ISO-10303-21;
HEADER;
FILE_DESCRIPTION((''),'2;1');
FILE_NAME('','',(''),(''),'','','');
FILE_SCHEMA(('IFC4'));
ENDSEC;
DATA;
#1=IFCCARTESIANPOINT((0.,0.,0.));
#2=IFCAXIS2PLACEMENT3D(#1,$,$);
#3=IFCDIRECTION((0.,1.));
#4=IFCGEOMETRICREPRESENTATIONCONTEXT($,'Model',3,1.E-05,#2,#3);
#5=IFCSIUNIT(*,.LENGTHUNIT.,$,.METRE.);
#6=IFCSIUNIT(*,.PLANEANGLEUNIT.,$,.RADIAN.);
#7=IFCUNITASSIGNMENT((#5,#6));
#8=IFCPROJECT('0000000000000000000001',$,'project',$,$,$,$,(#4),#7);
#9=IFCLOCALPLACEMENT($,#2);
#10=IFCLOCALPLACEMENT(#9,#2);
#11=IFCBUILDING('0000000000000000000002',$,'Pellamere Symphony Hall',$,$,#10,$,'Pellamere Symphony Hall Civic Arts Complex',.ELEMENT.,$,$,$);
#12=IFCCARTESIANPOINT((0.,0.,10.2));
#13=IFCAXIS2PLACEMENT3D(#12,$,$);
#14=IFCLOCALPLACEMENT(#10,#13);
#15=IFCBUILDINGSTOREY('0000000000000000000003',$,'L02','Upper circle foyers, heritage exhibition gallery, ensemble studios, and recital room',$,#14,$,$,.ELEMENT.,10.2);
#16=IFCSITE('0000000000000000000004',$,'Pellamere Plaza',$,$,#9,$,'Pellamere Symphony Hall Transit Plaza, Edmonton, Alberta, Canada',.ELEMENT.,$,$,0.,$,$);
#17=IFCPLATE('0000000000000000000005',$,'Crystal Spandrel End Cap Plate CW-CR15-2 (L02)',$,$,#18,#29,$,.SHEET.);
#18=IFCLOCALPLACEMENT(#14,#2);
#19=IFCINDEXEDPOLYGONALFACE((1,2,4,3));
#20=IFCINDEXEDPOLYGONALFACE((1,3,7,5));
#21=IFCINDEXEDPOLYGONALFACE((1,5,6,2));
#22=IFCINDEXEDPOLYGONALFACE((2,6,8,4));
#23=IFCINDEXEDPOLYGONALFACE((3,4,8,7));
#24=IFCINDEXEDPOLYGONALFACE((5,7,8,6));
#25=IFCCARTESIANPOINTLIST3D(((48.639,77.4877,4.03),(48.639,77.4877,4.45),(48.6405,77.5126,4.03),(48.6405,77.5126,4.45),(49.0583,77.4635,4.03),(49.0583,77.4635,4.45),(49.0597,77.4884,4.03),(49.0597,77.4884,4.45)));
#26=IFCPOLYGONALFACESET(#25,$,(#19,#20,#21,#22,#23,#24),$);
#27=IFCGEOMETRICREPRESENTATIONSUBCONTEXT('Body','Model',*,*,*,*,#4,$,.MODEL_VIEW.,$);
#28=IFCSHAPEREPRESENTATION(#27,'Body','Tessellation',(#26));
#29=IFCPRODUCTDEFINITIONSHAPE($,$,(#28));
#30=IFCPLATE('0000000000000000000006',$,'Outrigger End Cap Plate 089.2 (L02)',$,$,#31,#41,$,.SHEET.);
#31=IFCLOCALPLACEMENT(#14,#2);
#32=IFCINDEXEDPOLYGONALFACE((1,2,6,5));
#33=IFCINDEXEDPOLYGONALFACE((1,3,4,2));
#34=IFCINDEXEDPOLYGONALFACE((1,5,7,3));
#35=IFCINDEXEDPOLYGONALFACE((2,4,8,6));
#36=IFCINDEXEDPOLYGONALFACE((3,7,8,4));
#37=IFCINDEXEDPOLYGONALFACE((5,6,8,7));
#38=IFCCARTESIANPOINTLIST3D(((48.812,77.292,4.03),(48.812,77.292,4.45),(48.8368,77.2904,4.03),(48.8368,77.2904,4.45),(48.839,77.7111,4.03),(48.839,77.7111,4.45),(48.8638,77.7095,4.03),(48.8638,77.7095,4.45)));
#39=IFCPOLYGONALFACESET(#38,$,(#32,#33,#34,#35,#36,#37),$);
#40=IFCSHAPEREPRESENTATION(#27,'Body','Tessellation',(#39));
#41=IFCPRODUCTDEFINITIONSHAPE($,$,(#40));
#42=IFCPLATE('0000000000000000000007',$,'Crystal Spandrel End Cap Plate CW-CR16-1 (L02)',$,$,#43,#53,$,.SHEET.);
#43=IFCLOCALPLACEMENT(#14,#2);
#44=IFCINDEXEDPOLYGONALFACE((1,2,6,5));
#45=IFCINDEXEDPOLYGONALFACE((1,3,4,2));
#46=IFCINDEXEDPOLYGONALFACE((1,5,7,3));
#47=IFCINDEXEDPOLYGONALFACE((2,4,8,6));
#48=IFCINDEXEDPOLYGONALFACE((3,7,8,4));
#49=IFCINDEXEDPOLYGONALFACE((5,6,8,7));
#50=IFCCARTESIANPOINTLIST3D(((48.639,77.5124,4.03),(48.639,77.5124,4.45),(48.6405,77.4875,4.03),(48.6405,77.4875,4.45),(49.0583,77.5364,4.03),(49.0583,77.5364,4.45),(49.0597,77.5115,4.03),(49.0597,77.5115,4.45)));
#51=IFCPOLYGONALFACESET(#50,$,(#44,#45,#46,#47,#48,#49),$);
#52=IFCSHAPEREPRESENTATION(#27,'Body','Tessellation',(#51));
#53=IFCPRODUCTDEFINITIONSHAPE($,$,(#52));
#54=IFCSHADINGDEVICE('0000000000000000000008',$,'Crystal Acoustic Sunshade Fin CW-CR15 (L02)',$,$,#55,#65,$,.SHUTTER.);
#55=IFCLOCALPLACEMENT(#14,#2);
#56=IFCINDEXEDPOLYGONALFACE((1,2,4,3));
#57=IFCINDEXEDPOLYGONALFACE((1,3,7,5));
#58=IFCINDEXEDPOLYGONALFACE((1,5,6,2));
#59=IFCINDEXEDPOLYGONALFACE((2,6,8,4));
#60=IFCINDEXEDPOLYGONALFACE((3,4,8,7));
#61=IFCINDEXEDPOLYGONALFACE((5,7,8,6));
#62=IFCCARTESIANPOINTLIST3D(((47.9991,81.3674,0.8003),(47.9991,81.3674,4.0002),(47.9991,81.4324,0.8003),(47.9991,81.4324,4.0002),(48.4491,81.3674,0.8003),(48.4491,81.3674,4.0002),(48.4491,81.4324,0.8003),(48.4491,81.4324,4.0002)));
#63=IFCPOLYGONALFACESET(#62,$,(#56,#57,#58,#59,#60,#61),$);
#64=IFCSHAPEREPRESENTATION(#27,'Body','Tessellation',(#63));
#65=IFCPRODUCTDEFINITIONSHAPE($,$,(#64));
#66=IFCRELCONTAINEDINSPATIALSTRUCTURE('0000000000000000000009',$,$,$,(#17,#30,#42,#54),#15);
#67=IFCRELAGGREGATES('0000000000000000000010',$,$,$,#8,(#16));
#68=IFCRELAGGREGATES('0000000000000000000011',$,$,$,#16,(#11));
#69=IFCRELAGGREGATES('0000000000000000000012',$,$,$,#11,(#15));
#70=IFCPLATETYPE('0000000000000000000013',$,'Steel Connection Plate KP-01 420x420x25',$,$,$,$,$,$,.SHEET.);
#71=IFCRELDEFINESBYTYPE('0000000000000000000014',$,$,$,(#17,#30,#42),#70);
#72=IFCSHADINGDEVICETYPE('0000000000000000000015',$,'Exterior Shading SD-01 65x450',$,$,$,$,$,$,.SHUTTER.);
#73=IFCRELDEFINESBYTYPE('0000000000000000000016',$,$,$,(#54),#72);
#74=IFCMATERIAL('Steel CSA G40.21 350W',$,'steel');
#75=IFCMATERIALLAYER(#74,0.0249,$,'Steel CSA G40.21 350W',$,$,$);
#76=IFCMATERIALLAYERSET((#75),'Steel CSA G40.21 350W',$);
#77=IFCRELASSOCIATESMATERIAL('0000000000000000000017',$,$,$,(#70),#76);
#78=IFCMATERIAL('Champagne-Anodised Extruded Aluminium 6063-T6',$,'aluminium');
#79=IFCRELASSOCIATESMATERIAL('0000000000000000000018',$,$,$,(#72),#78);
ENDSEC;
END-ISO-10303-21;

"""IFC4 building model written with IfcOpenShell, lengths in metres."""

from ifc_helpers import new_model, si_unit, direction, frame, origin, origin_2d, place, context, subcontext, project, spatial, rectangle, extrude, material, layer, layer_set, type_object, element, save


model = new_model("IFC4")

# Units and contexts
model_context = context("Model", 3, precision=1e-05, world=origin(), true_north=direction((0.0, 1.0)))
body_context = subcontext(model_context, "Body", "Model", "MODEL_VIEW")
ifc_project = project(units=[si_unit("LENGTHUNIT", "METRE"), si_unit("PLANEANGLEUNIT", "RADIAN")], contexts=[model_context])

# Site, building, storey
site_placement = place(None, origin())
site = spatial("IfcSite", under=ifc_project, at=site_placement, Name="Pellamere Plaza", LongName="Pellamere Symphony Hall Transit Plaza, Edmonton, Alberta, Canada", CompositionType="ELEMENT", RefElevation=0.0)
building_placement = place(site_placement, origin())
building = spatial("IfcBuilding", under=site, at=building_placement, Name="Pellamere Symphony Hall", LongName="Pellamere Symphony Hall Civic Arts Complex", CompositionType="ELEMENT")
storey_placement = place(building_placement, frame((0.0, 0.0, 10.2)))
storey = spatial("IfcBuildingStorey", under=building, at=storey_placement, Name="L02", Description="Upper circle foyers, heritage exhibition gallery, ensemble studios, and recital room", CompositionType="ELEMENT", Elevation=10.2)

# Shared definitions
ifc_material_1 = material(Name="Steel CSA G40.21 350W", Category="steel")

# Plates
ifc_layer_1 = layer(ifc_material_1, 0.0249, Name="Steel CSA G40.21 350W")
ifc_layer_set_1 = layer_set([ifc_layer_1], Name="Steel CSA G40.21 350W")
plate_type_1 = type_object("IfcPlateType", Name="Steel Connection Plate KP-01 420x420x25", PredefinedType="SHEET", material=ifc_layer_set_1)
for number, where, z_axis, x_axis, name in (
    (1, (48.8494, 77.488, 4.03), (0.0, 0.0, 1.0), (-0.057564, -0.998342, 0.0), "Crystal Spandrel End Cap Plate CW-CR15-2 (L02)"),
    (2, (48.8379, 77.5007, 4.03), (0.0, 0.0, 1.0), (-0.997927, 0.064358, 0.0), "Outrigger End Cap Plate 089.2 (L02)"),
    (3, (48.8494, 77.512, 4.03), (0.0, 0.0, 1.0), (0.057216, -0.998362, 0.0), "Crystal Spandrel End Cap Plate CW-CR16-1 (L02)"),
):
    element("IfcPlate", number, at=place(storey_placement, frame(where, z_axis=z_axis, x_axis=x_axis)), inside=storey, type_object=plate_type_1, Name=name, PredefinedType="SHEET", context=body_context, shape_type="SweptSolid", body=[
        extrude(rectangle(XDim=0.0249, YDim=0.4199, at=origin_2d()), origin(), (0.0, 0.0, 1.0), 0.4199),
    ])

# Shading device
ifc_material_2 = material(Name="Champagne-Anodised Extruded Aluminium 6063-T6", Category="aluminium")
shading_device_type = type_object("IfcShadingDeviceType", Name="Exterior Shading SD-01 65x450", PredefinedType="SHUTTER", material=ifc_material_2)
shading_device_placement = place(storey_placement, frame((48.2241, 81.3999, 0.8003), z_axis=(0.0, 0.0, 1.0), x_axis=(0.0, 1.0, 0.0)))
element("IfcShadingDevice", 4, at=shading_device_placement, inside=storey, type_object=shading_device_type, Name="Crystal Acoustic Sunshade Fin CW-CR15 (L02)", PredefinedType="SHUTTER", context=body_context, shape_type="SweptSolid", body=[
    extrude(rectangle(XDim=0.0649, YDim=0.45, at=origin_2d()), origin(), (0.0, 0.0, 1.0), 3.2),
])

save(model, "model.ifc")
